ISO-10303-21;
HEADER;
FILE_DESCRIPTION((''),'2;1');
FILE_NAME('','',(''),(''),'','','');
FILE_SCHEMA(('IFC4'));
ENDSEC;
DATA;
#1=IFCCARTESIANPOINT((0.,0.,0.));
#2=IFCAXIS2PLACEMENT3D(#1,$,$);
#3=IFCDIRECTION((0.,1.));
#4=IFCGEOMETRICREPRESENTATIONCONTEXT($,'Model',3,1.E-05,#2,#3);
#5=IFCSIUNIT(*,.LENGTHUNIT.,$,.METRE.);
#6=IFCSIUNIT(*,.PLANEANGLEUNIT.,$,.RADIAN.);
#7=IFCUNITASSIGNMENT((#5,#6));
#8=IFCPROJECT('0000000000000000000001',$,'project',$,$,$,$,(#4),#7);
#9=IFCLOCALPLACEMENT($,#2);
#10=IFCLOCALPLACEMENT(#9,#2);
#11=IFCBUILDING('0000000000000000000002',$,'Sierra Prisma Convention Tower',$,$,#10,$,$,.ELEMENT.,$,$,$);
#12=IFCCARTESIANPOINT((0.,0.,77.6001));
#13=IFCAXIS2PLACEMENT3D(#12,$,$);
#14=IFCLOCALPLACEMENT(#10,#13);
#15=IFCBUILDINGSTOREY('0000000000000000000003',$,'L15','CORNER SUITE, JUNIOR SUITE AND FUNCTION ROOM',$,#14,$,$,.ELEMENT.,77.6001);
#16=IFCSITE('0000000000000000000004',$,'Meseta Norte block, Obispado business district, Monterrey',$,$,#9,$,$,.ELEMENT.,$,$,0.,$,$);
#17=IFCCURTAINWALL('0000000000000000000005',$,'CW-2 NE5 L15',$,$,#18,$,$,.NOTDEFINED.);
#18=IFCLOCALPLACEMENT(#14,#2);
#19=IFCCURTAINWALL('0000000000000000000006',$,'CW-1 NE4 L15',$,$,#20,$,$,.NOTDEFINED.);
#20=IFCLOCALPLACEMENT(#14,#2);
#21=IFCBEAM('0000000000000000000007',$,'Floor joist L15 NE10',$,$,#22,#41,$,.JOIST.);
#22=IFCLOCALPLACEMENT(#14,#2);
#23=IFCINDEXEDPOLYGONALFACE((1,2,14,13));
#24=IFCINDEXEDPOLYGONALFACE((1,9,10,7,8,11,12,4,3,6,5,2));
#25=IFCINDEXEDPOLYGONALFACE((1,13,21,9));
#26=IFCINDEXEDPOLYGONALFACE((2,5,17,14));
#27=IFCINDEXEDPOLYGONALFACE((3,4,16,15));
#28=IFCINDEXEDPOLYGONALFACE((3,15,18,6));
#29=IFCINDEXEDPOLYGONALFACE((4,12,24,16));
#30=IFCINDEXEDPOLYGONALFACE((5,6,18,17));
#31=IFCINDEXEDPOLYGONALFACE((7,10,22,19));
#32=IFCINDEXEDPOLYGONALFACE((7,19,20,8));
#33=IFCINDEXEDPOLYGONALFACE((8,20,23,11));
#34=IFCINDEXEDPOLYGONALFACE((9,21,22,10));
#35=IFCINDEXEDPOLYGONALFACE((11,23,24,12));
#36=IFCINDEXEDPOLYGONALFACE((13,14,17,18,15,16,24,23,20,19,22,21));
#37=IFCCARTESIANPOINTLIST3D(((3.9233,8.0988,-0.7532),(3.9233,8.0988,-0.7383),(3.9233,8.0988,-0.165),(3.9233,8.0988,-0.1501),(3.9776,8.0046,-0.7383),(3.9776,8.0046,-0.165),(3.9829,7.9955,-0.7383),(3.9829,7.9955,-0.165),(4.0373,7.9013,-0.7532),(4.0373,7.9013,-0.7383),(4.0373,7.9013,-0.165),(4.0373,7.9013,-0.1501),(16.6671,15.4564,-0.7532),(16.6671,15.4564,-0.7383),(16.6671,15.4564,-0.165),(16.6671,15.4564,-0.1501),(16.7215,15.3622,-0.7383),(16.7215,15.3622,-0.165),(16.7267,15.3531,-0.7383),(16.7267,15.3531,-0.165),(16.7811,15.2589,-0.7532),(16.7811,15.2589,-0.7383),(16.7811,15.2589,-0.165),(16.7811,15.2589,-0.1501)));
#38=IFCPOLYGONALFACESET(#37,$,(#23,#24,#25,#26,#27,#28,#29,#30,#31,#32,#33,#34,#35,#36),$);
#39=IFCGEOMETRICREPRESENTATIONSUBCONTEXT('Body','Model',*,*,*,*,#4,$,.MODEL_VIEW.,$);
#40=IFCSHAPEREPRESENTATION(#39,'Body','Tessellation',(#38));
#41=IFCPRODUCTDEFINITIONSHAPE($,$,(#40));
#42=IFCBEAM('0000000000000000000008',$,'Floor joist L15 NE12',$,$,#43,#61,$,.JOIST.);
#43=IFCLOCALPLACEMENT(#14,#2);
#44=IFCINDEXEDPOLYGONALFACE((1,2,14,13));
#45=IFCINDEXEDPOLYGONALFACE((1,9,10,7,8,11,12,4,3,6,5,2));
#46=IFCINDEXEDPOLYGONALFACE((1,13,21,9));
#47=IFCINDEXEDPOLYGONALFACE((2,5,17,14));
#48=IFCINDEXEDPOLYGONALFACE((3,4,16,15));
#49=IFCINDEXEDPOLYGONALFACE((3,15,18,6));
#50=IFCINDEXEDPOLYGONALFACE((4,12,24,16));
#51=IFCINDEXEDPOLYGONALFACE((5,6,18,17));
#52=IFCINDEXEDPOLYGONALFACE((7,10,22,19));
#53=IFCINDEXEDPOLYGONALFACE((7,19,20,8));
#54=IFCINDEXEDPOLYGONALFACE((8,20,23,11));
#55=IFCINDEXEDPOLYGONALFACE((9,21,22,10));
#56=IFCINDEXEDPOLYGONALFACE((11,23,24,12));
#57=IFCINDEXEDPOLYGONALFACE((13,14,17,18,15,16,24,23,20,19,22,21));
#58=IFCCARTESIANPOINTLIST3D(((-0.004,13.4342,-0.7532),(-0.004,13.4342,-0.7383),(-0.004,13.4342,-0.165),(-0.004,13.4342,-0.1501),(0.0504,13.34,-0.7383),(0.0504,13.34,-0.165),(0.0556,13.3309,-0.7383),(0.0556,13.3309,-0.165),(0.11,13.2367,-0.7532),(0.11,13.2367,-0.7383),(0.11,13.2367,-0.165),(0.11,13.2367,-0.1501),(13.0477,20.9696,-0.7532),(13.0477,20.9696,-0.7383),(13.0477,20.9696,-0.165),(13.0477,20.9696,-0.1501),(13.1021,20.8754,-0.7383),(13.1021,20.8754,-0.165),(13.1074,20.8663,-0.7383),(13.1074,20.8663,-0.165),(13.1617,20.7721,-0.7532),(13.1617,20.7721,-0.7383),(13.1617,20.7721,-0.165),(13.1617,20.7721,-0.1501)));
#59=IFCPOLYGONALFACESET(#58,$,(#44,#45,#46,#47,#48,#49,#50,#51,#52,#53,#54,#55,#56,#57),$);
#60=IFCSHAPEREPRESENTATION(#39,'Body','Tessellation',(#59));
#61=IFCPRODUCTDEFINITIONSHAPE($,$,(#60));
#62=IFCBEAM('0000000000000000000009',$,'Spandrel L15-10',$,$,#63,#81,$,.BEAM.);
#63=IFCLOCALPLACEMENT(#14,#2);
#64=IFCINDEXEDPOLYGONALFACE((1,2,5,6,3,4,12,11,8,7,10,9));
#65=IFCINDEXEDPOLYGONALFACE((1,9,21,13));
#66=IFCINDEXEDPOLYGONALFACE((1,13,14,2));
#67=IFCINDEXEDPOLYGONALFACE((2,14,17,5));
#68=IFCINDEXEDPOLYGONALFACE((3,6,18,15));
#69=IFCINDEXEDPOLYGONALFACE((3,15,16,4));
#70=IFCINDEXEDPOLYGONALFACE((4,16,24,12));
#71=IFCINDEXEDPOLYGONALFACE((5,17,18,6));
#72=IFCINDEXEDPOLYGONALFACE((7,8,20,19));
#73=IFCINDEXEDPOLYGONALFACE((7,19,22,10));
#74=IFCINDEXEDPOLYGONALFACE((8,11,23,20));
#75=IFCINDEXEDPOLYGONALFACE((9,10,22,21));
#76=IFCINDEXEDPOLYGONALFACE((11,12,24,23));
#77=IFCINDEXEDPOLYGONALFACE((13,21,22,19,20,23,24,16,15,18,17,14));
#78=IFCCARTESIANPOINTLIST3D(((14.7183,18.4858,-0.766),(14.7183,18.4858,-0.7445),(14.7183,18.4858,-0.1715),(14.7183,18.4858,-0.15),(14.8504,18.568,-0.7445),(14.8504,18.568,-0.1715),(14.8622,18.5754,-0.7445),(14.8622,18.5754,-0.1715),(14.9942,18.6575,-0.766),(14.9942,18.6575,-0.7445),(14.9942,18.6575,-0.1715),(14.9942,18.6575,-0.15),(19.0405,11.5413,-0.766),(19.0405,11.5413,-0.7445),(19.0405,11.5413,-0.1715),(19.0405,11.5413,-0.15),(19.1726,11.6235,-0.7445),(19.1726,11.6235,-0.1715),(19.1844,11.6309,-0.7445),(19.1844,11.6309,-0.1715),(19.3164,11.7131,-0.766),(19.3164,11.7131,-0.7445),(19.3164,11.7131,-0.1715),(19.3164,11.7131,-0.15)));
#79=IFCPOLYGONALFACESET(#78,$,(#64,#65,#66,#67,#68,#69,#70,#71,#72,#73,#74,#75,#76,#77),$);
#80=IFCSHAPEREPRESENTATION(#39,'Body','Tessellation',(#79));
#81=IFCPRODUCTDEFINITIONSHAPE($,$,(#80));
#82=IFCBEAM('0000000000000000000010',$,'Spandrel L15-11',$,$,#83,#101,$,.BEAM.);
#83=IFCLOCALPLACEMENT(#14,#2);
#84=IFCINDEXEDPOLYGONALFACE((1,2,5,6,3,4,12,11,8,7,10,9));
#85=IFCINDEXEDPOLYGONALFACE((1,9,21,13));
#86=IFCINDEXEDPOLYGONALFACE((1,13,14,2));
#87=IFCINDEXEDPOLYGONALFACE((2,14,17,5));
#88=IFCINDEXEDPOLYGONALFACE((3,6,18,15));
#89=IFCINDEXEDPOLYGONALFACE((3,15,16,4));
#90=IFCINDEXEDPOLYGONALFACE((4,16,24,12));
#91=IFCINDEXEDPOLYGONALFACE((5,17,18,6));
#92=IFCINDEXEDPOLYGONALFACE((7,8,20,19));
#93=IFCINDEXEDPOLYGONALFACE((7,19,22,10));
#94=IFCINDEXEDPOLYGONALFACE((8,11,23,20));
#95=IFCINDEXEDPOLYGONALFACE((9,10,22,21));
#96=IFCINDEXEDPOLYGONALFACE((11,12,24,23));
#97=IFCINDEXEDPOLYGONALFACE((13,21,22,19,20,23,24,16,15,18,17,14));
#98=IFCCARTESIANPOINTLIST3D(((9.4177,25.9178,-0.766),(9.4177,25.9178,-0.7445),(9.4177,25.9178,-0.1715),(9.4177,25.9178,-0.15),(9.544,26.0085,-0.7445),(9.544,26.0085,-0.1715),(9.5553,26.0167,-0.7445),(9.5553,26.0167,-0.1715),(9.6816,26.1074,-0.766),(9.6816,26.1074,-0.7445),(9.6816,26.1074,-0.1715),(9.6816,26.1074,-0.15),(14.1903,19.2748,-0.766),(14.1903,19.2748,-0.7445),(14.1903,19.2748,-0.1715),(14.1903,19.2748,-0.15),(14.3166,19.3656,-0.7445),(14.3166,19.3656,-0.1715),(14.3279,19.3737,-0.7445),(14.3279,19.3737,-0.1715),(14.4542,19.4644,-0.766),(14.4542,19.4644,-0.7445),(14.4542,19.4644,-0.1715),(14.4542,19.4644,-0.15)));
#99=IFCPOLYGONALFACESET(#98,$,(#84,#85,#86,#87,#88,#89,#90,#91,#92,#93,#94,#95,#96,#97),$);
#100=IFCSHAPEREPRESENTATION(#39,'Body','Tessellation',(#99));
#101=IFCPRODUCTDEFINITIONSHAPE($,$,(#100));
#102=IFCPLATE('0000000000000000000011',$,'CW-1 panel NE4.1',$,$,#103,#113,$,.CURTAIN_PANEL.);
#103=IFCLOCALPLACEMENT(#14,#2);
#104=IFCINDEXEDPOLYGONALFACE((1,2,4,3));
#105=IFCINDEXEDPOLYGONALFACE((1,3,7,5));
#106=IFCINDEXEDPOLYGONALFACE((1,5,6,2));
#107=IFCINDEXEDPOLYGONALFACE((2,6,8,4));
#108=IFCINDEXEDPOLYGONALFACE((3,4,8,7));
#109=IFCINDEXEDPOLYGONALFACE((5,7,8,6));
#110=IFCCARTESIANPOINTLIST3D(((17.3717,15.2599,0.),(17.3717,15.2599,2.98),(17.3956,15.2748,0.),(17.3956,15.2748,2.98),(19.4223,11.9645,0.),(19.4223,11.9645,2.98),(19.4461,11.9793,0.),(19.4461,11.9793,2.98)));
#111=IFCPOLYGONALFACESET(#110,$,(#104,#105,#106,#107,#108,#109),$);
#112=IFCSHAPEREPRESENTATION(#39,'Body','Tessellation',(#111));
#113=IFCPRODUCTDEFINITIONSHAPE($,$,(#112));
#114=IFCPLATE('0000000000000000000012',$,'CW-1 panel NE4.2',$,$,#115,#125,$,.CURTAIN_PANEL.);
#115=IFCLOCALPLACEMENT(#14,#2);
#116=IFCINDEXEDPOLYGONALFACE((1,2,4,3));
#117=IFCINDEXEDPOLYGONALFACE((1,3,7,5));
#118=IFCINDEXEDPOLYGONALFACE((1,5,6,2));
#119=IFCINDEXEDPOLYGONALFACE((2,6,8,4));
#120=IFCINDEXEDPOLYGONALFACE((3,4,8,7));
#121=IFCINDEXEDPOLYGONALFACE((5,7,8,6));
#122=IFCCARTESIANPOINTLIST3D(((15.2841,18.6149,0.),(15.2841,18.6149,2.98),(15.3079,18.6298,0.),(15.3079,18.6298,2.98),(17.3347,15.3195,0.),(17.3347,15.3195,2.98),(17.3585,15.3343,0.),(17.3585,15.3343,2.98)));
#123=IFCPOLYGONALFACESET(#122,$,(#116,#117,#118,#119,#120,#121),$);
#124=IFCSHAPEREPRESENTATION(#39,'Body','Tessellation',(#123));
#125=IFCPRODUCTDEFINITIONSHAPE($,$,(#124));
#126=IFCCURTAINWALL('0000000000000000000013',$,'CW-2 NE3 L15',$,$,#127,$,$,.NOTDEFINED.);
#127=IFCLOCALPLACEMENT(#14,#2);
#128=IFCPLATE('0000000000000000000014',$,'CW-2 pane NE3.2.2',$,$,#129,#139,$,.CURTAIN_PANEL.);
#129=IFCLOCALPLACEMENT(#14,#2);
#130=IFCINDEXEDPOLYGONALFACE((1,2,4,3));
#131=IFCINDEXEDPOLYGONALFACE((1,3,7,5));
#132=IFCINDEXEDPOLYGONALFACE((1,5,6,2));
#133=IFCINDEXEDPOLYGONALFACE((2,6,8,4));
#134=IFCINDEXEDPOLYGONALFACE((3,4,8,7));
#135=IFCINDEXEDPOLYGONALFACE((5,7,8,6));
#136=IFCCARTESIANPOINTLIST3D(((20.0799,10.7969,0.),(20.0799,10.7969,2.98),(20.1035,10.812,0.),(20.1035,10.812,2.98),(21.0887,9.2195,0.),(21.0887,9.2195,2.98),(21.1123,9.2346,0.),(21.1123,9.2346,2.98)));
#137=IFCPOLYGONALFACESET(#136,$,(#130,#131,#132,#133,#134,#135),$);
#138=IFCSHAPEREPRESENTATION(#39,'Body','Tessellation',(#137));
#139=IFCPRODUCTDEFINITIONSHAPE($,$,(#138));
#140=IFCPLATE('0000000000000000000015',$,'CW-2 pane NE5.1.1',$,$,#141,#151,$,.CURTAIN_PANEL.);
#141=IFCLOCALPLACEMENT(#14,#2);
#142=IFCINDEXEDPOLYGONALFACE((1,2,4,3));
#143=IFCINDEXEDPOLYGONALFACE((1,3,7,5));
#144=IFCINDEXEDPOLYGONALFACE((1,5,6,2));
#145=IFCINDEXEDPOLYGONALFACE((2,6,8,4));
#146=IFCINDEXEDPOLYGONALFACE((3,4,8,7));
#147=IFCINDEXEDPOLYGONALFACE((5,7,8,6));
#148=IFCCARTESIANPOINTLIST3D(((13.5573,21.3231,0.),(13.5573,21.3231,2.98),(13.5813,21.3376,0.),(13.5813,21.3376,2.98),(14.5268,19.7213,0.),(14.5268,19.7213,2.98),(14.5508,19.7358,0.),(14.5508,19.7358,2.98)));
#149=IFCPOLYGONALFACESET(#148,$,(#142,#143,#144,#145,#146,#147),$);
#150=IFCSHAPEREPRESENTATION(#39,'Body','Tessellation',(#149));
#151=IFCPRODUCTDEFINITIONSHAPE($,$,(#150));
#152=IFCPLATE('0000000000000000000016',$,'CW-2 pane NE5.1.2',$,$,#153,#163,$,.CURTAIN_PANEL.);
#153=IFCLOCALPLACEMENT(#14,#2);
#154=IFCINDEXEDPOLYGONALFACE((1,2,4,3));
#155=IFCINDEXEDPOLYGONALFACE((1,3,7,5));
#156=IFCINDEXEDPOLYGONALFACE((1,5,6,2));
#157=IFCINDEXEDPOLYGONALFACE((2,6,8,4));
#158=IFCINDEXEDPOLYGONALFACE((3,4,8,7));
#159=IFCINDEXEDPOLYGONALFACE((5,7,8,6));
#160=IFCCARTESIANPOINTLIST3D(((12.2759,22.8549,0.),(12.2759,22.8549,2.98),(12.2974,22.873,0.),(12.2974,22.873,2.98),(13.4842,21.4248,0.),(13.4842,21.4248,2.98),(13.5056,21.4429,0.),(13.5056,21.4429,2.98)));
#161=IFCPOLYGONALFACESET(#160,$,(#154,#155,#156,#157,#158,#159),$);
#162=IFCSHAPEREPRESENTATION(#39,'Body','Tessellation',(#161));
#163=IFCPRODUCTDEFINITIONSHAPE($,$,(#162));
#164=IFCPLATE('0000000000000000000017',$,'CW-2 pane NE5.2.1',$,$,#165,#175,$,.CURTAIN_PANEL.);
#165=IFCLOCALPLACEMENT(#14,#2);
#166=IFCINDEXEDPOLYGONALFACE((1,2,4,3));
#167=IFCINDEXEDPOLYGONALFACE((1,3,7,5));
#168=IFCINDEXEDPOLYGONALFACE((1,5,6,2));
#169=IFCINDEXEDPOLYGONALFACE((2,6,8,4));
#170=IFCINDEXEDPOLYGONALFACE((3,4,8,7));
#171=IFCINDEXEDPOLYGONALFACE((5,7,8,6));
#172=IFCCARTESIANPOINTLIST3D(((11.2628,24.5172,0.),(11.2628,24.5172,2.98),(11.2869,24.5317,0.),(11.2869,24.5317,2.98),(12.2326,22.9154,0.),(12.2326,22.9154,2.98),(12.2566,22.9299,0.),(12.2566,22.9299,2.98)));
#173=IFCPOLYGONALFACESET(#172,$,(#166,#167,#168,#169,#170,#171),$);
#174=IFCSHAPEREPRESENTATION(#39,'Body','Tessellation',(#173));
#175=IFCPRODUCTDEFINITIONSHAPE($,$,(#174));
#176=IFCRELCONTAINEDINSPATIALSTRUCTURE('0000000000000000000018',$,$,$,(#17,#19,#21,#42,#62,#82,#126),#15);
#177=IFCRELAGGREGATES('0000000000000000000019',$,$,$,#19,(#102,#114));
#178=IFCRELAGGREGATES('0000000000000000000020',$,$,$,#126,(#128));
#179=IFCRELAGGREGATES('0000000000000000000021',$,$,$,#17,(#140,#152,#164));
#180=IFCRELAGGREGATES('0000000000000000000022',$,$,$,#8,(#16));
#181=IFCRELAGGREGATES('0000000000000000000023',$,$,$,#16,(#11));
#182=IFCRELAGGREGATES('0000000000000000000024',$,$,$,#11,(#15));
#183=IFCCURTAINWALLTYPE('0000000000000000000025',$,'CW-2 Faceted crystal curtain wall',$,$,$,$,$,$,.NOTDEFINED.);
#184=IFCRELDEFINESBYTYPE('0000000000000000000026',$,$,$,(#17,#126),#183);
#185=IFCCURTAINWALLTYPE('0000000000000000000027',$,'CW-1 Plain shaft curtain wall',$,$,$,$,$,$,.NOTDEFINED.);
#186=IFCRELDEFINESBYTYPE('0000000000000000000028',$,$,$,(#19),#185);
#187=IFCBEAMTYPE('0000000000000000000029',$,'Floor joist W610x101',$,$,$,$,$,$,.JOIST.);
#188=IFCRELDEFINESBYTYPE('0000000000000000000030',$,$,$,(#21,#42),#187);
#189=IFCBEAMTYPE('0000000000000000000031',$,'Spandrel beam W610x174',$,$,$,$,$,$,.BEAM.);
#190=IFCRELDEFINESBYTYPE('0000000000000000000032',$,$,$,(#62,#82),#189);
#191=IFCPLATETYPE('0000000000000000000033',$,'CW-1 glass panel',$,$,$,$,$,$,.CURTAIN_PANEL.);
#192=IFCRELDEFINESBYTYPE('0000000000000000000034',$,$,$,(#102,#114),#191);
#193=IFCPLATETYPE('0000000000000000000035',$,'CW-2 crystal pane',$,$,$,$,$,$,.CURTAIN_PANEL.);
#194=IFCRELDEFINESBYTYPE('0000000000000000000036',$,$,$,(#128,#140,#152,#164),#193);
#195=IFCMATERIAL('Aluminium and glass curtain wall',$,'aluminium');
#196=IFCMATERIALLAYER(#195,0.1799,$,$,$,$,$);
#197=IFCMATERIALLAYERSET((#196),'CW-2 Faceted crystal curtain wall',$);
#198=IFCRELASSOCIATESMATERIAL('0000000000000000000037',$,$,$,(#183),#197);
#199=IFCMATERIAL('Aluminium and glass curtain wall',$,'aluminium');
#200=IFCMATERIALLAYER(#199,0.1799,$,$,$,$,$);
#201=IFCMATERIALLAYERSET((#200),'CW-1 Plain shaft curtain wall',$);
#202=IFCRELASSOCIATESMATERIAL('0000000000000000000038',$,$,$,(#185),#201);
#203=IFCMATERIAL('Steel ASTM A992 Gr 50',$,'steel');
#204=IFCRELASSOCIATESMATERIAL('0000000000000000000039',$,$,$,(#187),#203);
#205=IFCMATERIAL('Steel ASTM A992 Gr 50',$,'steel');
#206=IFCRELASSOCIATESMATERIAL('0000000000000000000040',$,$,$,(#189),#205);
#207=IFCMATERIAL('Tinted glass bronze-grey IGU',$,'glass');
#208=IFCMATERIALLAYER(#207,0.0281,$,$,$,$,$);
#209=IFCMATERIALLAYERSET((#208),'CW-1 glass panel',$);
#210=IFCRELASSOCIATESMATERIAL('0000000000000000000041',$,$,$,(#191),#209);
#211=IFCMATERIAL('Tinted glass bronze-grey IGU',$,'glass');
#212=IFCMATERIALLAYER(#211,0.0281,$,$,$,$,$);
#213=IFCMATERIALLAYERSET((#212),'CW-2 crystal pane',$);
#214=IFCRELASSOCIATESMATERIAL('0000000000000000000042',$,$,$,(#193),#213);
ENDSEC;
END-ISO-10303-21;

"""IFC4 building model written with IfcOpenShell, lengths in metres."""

from ifc_helpers import new_model, si_unit, direction, frame, origin, origin_2d, place, context, subcontext, project, spatial, polyline, rectangle, i_section, outline, extrude, material, layer, layer_set, material_profile, profile_set, type_object, element, aggregate, save


model = new_model("IFC4")

# Units and contexts
model_context = context("Model", 3, precision=1e-05, world=origin(), true_north=direction((0.0, 1.0)))
body_context = subcontext(model_context, "Body", "Model", "MODEL_VIEW")
ifc_project = project(units=[si_unit("LENGTHUNIT", "METRE"), si_unit("PLANEANGLEUNIT", "RADIAN")], contexts=[model_context])

# Site, building, storey
site_placement = place(None, origin())
site = spatial("IfcSite", under=ifc_project, at=site_placement, Name="Meseta Norte block, Obispado business district, Monterrey", CompositionType="ELEMENT", RefElevation=0.0)
building_placement = place(site_placement, origin())
building = spatial("IfcBuilding", under=site, at=building_placement, Name="Sierra Prisma Convention Tower", CompositionType="ELEMENT")
storey_placement = place(building_placement, frame((0.0, 0.0, 77.6001)))
storey = spatial("IfcBuildingStorey", under=building, at=storey_placement, Name="L15", Description="CORNER SUITE, JUNIOR SUITE AND FUNCTION ROOM", CompositionType="ELEMENT", Elevation=77.6001)

# Curtain wall
ifc_material_1 = material(Name="Aluminium and glass curtain wall", Category="aluminium")
ifc_layer_1 = layer(ifc_material_1, 0.1799)
ifc_layer_set_1 = layer_set([ifc_layer_1], Name="CW-2 Faceted crystal curtain wall")
curtain_wall_type_1 = type_object("IfcCurtainWallType", Name="CW-2 Faceted crystal curtain wall", PredefinedType="NOTDEFINED", material=ifc_layer_set_1)
curtain_wall_1_placement = place(storey_placement, origin())
curtain_wall_1 = element("IfcCurtainWall", 1, at=curtain_wall_1_placement, inside=storey, type_object=curtain_wall_type_1, Name="CW-2 NE5 L15", PredefinedType="NOTDEFINED")

# Curtain wall
ifc_material_2 = material(Name="Aluminium and glass curtain wall", Category="aluminium")
ifc_layer_2 = layer(ifc_material_2, 0.1799)
ifc_layer_set_2 = layer_set([ifc_layer_2], Name="CW-1 Plain shaft curtain wall")
curtain_wall_type_2 = type_object("IfcCurtainWallType", Name="CW-1 Plain shaft curtain wall", PredefinedType="NOTDEFINED", material=ifc_layer_set_2)
curtain_wall_2_placement = place(storey_placement, origin())
curtain_wall_2 = element("IfcCurtainWall", 2, at=curtain_wall_2_placement, inside=storey, type_object=curtain_wall_type_2, Name="CW-1 NE4 L15", PredefinedType="NOTDEFINED")

# Beams
ifc_material_3 = material(Name="Steel ASTM A992 Gr 50", Category="steel")
ifc_material_profile_1 = material_profile(ifc_material_3, i_section(OverallWidth=0.228, OverallDepth=0.603, WebThickness=0.0105, FlangeThickness=0.0149, at=origin_2d()), Name="W610x101")
ifc_profile_set_1 = profile_set([ifc_material_profile_1], Name="Steel ASTM A992 Gr 50")
beam_type_1 = type_object("IfcBeamType", Name="Floor joist W610x101", PredefinedType="JOIST", material=ifc_profile_set_1)
beam_1_placement = place(storey_placement, frame((16.7241, 15.3577, -0.4517), z_axis=(-0.866026, -0.499999, 0.0), x_axis=(0.499999, -0.866026, 0.0)))
element("IfcBeam", 3, at=beam_1_placement, inside=storey, type_object=beam_type_1, Name="Floor joist L15 NE10", PredefinedType="JOIST", context=body_context, shape_type="SweptSolid", body=[
    extrude(i_section(OverallWidth=0.228, OverallDepth=0.603, WebThickness=0.0105, FlangeThickness=0.0149, at=origin_2d()), origin(), (0.0, 0.0, 1.0), 14.7153),
])
beam_2_placement = place(storey_placement, frame((13.1047, 20.8708, -0.4517), z_axis=(-0.866026, -0.499998, 0.0), x_axis=(0.499998, -0.866026, 0.0)))
element("IfcBeam", 4, at=beam_2_placement, inside=storey, type_object=beam_type_1, Name="Floor joist L15 NE12", PredefinedType="JOIST", context=body_context, shape_type="SweptSolid", body=[
    extrude(i_section(OverallWidth=0.228, OverallDepth=0.603, WebThickness=0.0105, FlangeThickness=0.0149, at=origin_2d()), origin(), (0.0, 0.0, 1.0), 15.0708),
])
ifc_material_4 = material(Name="Steel ASTM A992 Gr 50", Category="steel")
ifc_material_profile_2 = material_profile(ifc_material_4, i_section(OverallWidth=0.325, OverallDepth=0.616, WebThickness=0.0139, FlangeThickness=0.0215, at=origin_2d()), Name="W610x174")
ifc_profile_set_2 = profile_set([ifc_material_profile_2], Name="Steel ASTM A992 Gr 50")
beam_type_2 = type_object("IfcBeamType", Name="Spandrel beam W610x174", PredefinedType="BEAM", material=ifc_profile_set_2)
for number, where, z_axis, x_axis, name in (
    (5, (19.1785, 11.6272, -0.458), (-0.528407, 0.848991, 0.0), (-0.848991, -0.528407, 0.0), "Spandrel L15-10"),
    (6, (14.3223, 19.3696, -0.458), (-0.583475, 0.812131, 0.0), (-0.812131, -0.583475, 0.0), "Spandrel L15-11"),
):
    element("IfcBeam", number, at=place(storey_placement, frame(where, z_axis=z_axis, x_axis=x_axis)), inside=storey, type_object=beam_type_2, Name=name, PredefinedType="BEAM", context=body_context, shape_type="SweptSolid", body=[
        extrude(i_section(OverallWidth=0.325, OverallDepth=0.616, WebThickness=0.0139, FlangeThickness=0.0215, at=origin_2d()), origin(), (0.0, 0.0, 1.0), 8.1797),
    ])

# Plates
ifc_material_5 = material(Name="Tinted glass bronze-grey IGU", Category="glass")
ifc_layer_3 = layer(ifc_material_5, 0.0281)
ifc_layer_set_3 = layer_set([ifc_layer_3], Name="CW-1 glass panel")
plate_type_1 = type_object("IfcPlateType", Name="CW-1 glass panel", PredefinedType="CURTAIN_PANEL", material=ifc_layer_set_3)
plate_1_placement = place(storey_placement, frame((18.4089, 13.6196, 0.0), z_axis=(0.0, 0.0, 1.0), x_axis=(-0.528313, 0.84905, 0.0)))
plate_1 = element("IfcPlate", 7, at=plate_1_placement, type_object=plate_type_1, Name="CW-1 panel NE4.1", PredefinedType="CURTAIN_PANEL", context=body_context, shape_type="SweptSolid", body=[
    extrude(rectangle(XDim=3.8813, YDim=0.0281, at=origin_2d()), origin(), (0.0, 0.0, 1.0), 2.98),
])
plate_2_placement = place(storey_placement, frame((16.3213, 16.9746, 0.0), z_axis=(0.0, 0.0, 1.0), x_axis=(-0.528313, 0.84905, 0.0)))
plate_2 = element("IfcPlate", 8, at=plate_2_placement, type_object=plate_type_1, Name="CW-1 panel NE4.2", PredefinedType="CURTAIN_PANEL", context=body_context, shape_type="SweptSolid", body=[
    extrude(rectangle(XDim=3.8813, YDim=0.0281, at=origin_2d()), origin(), (0.0, 0.0, 1.0), 2.98),
])
aggregate(curtain_wall_2, [plate_1, plate_2])

# Curtain wall, plate
curtain_wall_3_placement = place(storey_placement, origin())
curtain_wall_3 = element("IfcCurtainWall", 9, at=curtain_wall_3_placement, inside=storey, type_object=curtain_wall_type_1, Name="CW-2 NE3 L15", PredefinedType="NOTDEFINED")
ifc_material_6 = material(Name="Tinted glass bronze-grey IGU", Category="glass")
ifc_layer_4 = layer(ifc_material_6, 0.0281)
ifc_layer_set_4 = layer_set([ifc_layer_4], Name="CW-2 crystal pane")
plate_type_2 = type_object("IfcPlateType", Name="CW-2 crystal pane", PredefinedType="CURTAIN_PANEL", material=ifc_layer_set_4)
plate_3_placement = place(storey_placement, frame((20.1035, 10.812, 0.0), z_axis=(0.842451, 0.538772, 0.0), x_axis=(0.538772, -0.842451, 0.0)))
plate_3 = element("IfcPlate", 10, at=plate_3_placement, type_object=plate_type_2, Name="CW-2 pane NE3.2.2", PredefinedType="CURTAIN_PANEL", context=body_context, shape_type="SweptSolid", body=[
    extrude(outline(polyline([(0.0, 0.0), (1.8724, 0.0), (1.8724, -2.98), (0.0, -2.98), (0.0, 0.0)])), origin(), (0.0, 0.0, -1.0), 0.0281),
])
aggregate(curtain_wall_3, [plate_3])

# Plates
plate_4_placement = place(storey_placement, frame((14.5508, 19.7358, 0.0), z_axis=(0.855508, 0.51779, 0.0), x_axis=(-0.51779, 0.855508, 0.0)))
plate_4 = element("IfcPlate", 11, at=plate_4_placement, type_object=plate_type_2, Name="CW-2 pane NE5.1.1", PredefinedType="CURTAIN_PANEL", context=body_context, shape_type="SweptSolid", body=[
    extrude(outline(polyline([(0.0, 0.0), (1.8723, 0.0), (1.8723, 2.98), (0.0, 2.98), (0.0, 0.0)])), origin(), (0.0, 0.0, -1.0), 0.0281),
])
plate_5_placement = place(storey_placement, frame((12.2974, 22.873, 0.0), z_axis=(0.763886, 0.645352, 0.0), x_axis=(0.645352, -0.763886, 0.0)))
plate_5 = element("IfcPlate", 12, at=plate_5_placement, type_object=plate_type_2, Name="CW-2 pane NE5.1.2", PredefinedType="CURTAIN_PANEL", context=body_context, shape_type="SweptSolid", body=[
    extrude(outline(polyline([(0.0, 0.0), (1.8722, 0.0), (1.8722, -2.98), (0.0, -2.98), (0.0, 0.0)])), origin(), (0.0, 0.0, -1.0), 0.0281),
])
plate_6_placement = place(storey_placement, frame((12.2566, 22.9299, 0.0), z_axis=(0.85545, 0.517886, 0.0), x_axis=(-0.517886, 0.85545, 0.0)))
plate_6 = element("IfcPlate", 13, at=plate_6_placement, type_object=plate_type_2, Name="CW-2 pane NE5.2.1", PredefinedType="CURTAIN_PANEL", context=body_context, shape_type="SweptSolid", body=[
    extrude(outline(polyline([(0.0, 0.0), (1.8725, 0.0), (1.8725, 2.98), (0.0, 2.98), (0.0, 0.0)])), origin(), (0.0, 0.0, -1.0), 0.0281),
])
aggregate(curtain_wall_1, [plate_4, plate_5, plate_6])

save(model, "model.ifc")
